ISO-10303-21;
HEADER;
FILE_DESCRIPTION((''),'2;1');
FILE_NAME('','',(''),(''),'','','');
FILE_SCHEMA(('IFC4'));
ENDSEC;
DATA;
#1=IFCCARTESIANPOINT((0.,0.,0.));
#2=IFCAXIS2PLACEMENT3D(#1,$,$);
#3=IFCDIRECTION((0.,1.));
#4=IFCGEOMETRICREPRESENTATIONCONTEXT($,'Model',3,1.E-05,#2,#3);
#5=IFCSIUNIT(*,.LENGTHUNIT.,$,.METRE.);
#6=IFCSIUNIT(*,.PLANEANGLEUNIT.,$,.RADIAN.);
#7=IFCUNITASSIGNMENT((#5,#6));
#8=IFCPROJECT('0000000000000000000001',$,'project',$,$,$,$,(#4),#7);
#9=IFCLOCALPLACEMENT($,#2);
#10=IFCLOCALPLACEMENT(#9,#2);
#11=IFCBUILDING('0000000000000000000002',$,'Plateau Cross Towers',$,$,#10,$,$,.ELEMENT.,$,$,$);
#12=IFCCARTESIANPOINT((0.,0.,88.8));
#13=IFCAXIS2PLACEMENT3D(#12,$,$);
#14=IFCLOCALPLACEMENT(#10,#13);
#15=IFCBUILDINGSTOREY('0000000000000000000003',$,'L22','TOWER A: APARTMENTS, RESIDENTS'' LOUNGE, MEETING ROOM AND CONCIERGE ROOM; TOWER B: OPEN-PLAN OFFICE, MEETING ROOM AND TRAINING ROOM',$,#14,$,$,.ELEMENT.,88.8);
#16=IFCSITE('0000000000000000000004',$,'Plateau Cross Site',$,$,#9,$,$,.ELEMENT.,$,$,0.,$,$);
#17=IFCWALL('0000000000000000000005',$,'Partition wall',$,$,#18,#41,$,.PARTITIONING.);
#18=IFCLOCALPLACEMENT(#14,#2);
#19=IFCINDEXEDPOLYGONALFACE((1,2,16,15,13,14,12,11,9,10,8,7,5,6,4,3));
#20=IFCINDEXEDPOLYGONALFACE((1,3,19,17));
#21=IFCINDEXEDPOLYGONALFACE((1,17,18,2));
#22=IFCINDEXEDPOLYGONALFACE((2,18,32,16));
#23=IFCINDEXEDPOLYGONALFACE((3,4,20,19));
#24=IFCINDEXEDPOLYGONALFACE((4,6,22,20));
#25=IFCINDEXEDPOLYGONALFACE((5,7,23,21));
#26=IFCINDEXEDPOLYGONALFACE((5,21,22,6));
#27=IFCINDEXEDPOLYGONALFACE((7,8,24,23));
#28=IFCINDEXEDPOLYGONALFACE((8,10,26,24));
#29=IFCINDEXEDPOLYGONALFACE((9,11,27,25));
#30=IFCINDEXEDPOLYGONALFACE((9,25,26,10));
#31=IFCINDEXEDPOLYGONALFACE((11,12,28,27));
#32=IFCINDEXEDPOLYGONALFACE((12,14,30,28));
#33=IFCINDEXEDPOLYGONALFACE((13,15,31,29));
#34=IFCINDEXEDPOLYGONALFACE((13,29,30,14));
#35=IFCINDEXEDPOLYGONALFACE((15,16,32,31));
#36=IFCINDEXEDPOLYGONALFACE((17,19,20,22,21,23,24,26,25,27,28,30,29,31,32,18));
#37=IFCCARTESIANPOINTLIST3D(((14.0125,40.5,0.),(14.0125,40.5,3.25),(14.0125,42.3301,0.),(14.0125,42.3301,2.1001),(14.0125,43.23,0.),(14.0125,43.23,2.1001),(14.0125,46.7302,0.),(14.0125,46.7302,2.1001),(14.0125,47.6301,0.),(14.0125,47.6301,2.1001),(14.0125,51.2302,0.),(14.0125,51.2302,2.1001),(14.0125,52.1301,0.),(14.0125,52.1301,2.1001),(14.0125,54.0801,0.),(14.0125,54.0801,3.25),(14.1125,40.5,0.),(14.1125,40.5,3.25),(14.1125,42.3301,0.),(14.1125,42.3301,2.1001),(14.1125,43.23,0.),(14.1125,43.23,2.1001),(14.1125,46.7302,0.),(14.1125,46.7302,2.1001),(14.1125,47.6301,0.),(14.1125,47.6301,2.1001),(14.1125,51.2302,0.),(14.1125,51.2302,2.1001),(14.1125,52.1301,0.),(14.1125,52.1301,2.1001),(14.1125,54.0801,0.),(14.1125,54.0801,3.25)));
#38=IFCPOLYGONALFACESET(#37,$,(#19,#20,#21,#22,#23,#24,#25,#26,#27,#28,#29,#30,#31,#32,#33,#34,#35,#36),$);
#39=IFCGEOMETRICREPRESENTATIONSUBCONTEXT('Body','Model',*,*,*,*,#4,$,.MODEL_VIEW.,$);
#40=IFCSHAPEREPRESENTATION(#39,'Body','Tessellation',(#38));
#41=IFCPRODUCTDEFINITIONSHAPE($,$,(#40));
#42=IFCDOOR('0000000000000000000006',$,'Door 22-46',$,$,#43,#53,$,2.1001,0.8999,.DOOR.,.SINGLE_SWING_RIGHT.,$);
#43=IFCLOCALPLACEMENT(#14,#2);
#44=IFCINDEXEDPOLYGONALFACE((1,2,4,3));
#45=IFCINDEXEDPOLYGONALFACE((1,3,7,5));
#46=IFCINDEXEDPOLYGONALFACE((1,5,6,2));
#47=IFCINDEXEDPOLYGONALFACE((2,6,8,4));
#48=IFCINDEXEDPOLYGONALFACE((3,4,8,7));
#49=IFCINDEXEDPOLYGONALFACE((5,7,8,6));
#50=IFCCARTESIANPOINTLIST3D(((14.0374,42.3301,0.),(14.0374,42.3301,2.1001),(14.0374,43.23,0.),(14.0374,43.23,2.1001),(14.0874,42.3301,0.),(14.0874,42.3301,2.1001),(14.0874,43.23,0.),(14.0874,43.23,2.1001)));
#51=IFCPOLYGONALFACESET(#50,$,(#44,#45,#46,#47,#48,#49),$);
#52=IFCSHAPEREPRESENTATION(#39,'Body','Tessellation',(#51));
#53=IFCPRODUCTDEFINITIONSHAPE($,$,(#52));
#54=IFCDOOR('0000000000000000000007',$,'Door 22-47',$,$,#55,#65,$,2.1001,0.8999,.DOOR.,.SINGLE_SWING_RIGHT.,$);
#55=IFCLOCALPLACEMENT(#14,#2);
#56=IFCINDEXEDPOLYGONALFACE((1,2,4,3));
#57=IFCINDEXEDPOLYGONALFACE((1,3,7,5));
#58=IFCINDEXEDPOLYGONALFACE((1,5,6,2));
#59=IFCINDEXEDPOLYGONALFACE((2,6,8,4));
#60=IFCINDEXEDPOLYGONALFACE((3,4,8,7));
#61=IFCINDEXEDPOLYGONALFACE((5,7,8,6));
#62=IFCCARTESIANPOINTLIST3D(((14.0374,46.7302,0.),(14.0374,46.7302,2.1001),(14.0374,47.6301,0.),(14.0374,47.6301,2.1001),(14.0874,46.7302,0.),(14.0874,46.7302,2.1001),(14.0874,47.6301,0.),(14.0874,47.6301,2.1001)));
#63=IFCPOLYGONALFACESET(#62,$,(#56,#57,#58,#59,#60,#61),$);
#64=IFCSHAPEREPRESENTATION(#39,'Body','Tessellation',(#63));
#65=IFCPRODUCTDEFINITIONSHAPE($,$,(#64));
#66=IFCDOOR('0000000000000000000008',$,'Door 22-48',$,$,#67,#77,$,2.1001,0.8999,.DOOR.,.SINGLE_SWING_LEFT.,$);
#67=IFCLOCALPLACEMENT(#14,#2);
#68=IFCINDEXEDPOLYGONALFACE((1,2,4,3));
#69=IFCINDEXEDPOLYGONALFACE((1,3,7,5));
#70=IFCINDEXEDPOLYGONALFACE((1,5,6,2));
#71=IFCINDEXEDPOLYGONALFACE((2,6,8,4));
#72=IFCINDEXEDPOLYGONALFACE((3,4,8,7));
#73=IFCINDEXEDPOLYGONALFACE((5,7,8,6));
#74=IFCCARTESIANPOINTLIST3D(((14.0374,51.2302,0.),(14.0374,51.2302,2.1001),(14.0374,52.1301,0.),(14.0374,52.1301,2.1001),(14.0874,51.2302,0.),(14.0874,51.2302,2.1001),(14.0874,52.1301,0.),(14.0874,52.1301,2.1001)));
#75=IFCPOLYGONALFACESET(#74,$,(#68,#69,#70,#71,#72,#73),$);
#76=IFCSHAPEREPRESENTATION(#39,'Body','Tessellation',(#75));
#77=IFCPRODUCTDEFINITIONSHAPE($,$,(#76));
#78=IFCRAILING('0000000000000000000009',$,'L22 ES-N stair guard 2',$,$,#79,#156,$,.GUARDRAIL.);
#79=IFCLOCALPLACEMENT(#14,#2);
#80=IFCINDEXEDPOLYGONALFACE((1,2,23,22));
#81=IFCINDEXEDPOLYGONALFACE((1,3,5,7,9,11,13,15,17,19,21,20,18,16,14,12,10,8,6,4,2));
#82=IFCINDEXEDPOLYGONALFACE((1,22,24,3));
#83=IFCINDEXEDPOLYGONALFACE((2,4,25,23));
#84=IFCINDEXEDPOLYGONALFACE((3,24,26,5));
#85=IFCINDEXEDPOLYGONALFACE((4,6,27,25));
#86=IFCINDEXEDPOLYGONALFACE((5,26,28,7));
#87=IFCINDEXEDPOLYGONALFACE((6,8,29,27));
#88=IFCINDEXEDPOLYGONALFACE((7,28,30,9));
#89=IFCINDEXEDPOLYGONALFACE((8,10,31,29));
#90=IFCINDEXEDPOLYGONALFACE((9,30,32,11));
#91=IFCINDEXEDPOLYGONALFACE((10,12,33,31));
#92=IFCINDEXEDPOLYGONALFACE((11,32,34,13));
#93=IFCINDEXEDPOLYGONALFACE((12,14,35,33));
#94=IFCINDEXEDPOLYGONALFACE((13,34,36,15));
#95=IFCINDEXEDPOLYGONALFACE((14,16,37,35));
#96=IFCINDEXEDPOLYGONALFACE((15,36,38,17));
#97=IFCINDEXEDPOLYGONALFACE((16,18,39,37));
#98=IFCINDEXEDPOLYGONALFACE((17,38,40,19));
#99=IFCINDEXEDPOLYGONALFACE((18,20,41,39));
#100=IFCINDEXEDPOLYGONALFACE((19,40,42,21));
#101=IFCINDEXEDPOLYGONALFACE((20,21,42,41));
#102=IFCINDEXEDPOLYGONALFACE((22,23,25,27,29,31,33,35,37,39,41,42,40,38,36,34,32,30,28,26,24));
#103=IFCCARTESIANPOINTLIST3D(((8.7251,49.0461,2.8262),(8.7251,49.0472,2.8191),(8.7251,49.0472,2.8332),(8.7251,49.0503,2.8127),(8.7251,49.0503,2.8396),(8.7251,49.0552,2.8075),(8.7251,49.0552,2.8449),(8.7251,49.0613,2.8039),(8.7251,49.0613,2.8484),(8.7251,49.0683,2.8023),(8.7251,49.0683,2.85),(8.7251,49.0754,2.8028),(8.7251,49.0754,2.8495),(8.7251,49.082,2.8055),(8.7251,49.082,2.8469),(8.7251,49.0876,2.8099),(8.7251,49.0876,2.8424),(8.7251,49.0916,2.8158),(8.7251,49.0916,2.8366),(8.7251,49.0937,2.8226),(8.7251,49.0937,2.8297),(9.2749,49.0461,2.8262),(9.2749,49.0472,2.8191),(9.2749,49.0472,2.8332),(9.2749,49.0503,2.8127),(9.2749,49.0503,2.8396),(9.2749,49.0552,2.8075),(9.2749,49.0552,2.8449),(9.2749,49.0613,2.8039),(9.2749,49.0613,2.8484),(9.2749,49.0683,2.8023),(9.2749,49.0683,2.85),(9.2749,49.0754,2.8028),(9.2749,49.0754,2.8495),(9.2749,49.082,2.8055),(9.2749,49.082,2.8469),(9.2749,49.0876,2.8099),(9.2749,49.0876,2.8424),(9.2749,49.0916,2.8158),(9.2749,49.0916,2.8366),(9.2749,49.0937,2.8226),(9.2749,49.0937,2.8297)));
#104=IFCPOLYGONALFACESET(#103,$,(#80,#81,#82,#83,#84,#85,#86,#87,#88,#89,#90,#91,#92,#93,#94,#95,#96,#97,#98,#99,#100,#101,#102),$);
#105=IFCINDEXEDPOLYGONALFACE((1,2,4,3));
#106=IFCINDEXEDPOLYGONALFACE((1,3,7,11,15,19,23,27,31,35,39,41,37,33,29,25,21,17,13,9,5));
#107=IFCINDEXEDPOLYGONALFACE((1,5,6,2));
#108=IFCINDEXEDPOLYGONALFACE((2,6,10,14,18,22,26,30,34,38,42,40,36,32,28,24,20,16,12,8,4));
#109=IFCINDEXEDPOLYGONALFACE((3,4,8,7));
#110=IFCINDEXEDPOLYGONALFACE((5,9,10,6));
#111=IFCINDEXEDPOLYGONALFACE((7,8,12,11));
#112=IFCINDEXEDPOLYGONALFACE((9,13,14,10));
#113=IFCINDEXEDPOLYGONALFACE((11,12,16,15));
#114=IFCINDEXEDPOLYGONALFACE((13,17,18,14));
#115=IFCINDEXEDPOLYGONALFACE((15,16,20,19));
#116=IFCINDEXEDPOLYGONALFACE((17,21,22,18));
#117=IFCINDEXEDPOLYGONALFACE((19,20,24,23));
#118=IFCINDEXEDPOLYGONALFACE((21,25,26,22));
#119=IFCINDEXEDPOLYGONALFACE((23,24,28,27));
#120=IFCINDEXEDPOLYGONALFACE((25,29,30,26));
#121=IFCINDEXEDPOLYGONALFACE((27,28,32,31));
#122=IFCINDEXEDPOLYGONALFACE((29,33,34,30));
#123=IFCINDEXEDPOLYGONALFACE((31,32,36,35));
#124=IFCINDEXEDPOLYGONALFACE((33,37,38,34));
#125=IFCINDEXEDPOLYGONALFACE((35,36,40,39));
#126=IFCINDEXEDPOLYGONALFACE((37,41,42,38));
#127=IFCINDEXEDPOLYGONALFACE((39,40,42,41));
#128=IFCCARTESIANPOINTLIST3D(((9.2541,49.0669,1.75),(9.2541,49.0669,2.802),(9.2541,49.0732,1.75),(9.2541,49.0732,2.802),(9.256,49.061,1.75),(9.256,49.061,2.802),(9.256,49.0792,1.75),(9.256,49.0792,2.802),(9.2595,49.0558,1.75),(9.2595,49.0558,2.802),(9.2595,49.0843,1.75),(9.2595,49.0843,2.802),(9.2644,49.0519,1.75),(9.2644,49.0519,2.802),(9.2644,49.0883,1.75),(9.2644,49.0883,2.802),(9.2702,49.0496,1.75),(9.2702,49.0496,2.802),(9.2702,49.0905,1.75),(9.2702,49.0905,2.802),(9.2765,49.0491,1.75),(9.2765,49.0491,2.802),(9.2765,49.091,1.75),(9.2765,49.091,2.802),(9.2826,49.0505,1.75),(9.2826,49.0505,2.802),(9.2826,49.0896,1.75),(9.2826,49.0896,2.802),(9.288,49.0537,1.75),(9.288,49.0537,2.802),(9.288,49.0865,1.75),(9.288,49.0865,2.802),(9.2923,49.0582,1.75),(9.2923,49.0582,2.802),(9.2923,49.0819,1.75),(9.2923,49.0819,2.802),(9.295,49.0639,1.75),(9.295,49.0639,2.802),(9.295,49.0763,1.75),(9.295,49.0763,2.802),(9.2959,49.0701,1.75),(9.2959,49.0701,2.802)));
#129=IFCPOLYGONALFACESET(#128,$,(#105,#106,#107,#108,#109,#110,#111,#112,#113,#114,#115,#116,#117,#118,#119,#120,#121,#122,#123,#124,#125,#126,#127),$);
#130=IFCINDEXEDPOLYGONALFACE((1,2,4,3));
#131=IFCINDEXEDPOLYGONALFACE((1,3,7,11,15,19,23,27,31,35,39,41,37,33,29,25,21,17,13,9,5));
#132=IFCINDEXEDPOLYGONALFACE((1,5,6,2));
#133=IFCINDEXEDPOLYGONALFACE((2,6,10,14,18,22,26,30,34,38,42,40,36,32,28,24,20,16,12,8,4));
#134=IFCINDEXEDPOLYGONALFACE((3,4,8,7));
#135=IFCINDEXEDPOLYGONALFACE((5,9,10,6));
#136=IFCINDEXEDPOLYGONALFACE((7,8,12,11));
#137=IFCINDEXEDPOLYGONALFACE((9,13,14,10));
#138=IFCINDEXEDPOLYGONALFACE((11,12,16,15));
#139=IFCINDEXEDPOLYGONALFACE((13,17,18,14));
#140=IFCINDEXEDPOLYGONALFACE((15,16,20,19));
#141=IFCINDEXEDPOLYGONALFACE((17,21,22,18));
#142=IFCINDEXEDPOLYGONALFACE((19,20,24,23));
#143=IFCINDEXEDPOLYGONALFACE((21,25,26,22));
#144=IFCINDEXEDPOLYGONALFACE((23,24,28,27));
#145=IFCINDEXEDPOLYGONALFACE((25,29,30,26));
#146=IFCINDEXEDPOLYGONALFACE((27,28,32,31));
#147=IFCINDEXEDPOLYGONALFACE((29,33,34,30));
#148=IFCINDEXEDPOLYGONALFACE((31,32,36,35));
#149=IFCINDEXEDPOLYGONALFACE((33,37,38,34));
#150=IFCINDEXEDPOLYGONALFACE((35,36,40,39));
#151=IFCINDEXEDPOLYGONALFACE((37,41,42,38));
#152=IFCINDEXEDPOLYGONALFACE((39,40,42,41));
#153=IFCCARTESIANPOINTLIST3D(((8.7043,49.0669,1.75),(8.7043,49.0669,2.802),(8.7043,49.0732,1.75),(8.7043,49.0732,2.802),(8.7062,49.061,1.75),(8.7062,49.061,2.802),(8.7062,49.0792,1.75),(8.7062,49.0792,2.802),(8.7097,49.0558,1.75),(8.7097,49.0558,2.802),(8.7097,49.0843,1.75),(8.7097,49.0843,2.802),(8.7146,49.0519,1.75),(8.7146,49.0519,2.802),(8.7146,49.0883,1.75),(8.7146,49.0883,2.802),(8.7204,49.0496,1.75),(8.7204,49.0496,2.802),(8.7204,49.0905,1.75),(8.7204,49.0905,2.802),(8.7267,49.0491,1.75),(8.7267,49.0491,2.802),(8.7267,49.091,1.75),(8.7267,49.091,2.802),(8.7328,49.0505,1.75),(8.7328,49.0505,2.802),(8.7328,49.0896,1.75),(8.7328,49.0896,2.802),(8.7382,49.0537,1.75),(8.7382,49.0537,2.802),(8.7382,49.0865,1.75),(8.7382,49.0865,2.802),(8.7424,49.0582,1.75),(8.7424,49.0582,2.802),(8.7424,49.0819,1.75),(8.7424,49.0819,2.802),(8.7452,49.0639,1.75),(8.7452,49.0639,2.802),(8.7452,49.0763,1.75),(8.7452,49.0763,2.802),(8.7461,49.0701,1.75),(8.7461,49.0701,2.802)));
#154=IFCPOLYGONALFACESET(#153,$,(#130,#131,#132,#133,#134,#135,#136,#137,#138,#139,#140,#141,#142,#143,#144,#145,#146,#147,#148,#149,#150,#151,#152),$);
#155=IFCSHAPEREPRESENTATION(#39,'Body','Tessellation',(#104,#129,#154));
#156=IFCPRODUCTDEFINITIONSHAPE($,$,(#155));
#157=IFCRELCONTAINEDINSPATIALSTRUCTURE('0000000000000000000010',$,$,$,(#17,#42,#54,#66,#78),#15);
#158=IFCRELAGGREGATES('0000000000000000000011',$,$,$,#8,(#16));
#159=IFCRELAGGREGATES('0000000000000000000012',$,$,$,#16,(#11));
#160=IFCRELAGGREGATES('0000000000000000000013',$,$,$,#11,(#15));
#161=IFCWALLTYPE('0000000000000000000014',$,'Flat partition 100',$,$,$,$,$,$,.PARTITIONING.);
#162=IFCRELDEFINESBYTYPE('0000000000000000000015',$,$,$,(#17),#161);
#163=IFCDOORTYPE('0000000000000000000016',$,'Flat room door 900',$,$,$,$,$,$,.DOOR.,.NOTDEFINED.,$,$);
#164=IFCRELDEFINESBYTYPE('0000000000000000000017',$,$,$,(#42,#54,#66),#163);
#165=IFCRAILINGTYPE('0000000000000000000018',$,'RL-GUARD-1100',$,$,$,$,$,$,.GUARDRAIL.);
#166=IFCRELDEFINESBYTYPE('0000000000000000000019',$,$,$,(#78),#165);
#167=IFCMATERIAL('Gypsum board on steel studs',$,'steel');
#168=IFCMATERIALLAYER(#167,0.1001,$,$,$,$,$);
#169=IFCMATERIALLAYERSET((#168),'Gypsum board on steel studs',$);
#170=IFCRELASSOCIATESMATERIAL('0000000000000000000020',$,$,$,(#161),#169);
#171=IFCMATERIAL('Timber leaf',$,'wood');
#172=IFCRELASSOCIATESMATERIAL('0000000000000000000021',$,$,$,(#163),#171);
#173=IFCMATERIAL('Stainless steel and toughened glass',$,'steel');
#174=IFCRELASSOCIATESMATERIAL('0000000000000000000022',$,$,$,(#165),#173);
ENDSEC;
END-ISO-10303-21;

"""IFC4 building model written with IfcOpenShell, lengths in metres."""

from ifc_helpers import new_model, si_unit, direction, frame, frame_2d, origin, origin_2d, place, context, subcontext, project, spatial, rectangle, circle, extrude, material, layer, layer_set, type_object, element, fill, save


model = new_model("IFC4")

# Units and contexts
model_context = context("Model", 3, precision=1e-05, world=origin(), true_north=direction((0.0, 1.0)))
body_context = subcontext(model_context, "Body", "Model", "MODEL_VIEW")
ifc_project = project(units=[si_unit("LENGTHUNIT", "METRE"), si_unit("PLANEANGLEUNIT", "RADIAN")], contexts=[model_context])

# Site, building, storey
site_placement = place(None, origin())
site = spatial("IfcSite", under=ifc_project, at=site_placement, Name="Plateau Cross Site", CompositionType="ELEMENT", RefElevation=0.0)
building_placement = place(site_placement, origin())
building = spatial("IfcBuilding", under=site, at=building_placement, Name="Plateau Cross Towers", CompositionType="ELEMENT")
storey_placement = place(building_placement, frame((0.0, 0.0, 88.8)))
storey = spatial("IfcBuildingStorey", under=building, at=storey_placement, Name="L22", Description="TOWER A: APARTMENTS, RESIDENTS' LOUNGE, MEETING ROOM AND CONCIERGE ROOM; TOWER B: OPEN-PLAN OFFICE, MEETING ROOM AND TRAINING ROOM", CompositionType="ELEMENT", Elevation=88.8)

# Shared definitions
ifc_material_1 = material(Name="Gypsum board on steel studs", Category="steel")
ifc_layer_1 = layer(ifc_material_1, 0.1001)
ifc_layer_set_1 = layer_set([ifc_layer_1], Name="Gypsum board on steel studs")
wall_type = type_object("IfcWallType", Name="Flat partition 100", PredefinedType="PARTITIONING", material=ifc_layer_set_1)

# Wall, openings, doors
wall_1_placement = place(storey_placement, frame((14.0625, 54.0801, 0.0), z_axis=(0.0, 0.0, 1.0), x_axis=(0.0, -1.0, 0.0)))
wall_1 = element("IfcWall", 1, at=wall_1_placement, inside=storey, type_object=wall_type, Name="Partition wall", PredefinedType="PARTITIONING", context=body_context, shape_type="SweptSolid", body=[
    extrude(rectangle(XDim=13.5801, YDim=0.1001, at=frame_2d((6.79, 0.0))), origin(), (0.0, 0.0, 1.0), 3.25),
])
opening_1_placement = place(wall_1_placement, frame((10.8501, 0.0, 0.0)))
opening_1 = element("IfcOpeningElement", 2, at=opening_1_placement, cuts=wall_1, PredefinedType="OPENING", context=body_context, shape_type="SweptSolid", body=[
    extrude(rectangle(XDim=0.8999, YDim=2.1001, at=frame_2d((0.45, 1.05))), frame((0.0, 0.0601, 0.0), z_axis=(0.0, -1.0, 0.0), x_axis=(1.0, 0.0, 0.0)), (0.0, 0.0, 1.0), 0.1201),
])
opening_2_placement = place(wall_1_placement, frame((6.45, 0.0, 0.0)))
opening_2 = element("IfcOpeningElement", 3, at=opening_2_placement, cuts=wall_1, PredefinedType="OPENING", context=body_context, shape_type="SweptSolid", body=[
    extrude(rectangle(XDim=0.8999, YDim=2.1001, at=frame_2d((0.45, 1.05))), frame((0.0, 0.0601, 0.0), z_axis=(0.0, -1.0, 0.0), x_axis=(1.0, 0.0, 0.0)), (0.0, 0.0, 1.0), 0.1201),
])
opening_3_placement = place(wall_1_placement, frame((1.95, 0.0, 0.0)))
opening_3 = element("IfcOpeningElement", 4, at=opening_3_placement, cuts=wall_1, PredefinedType="OPENING", context=body_context, shape_type="SweptSolid", body=[
    extrude(rectangle(XDim=0.8999, YDim=2.1001, at=frame_2d((0.45, 1.05))), frame((0.0, 0.0601, 0.0), z_axis=(0.0, -1.0, 0.0), x_axis=(1.0, 0.0, 0.0)), (0.0, 0.0, 1.0), 0.1201),
])
ifc_material_2 = material(Name="Timber leaf", Category="wood")
door_type = type_object("IfcDoorType", Name="Flat room door 900", OperationType="NOTDEFINED", PredefinedType="DOOR", material=ifc_material_2)
door_1_placement = place(opening_1_placement, origin())
door_1 = element("IfcDoor", 5, at=door_1_placement, inside=storey, type_object=door_type, Name="Door 22-46", OperationType="SINGLE_SWING_RIGHT", OverallHeight=2.1001, OverallWidth=0.8999, PredefinedType="DOOR", context=body_context, shape_type="SweptSolid", body=[
    extrude(rectangle(XDim=0.8999, YDim=2.1001, at=frame_2d((0.45, 1.05))), frame((0.0, 0.0249, 0.0), z_axis=(0.0, -1.0, 0.0), x_axis=(1.0, 0.0, 0.0)), (0.0, 0.0, 1.0), 0.05),
])
fill(opening_1, door_1)
door_2_placement = place(opening_2_placement, origin())
door_2 = element("IfcDoor", 6, at=door_2_placement, inside=storey, type_object=door_type, Name="Door 22-47", OperationType="SINGLE_SWING_RIGHT", OverallHeight=2.1001, OverallWidth=0.8999, PredefinedType="DOOR", context=body_context, shape_type="SweptSolid", body=[
    extrude(rectangle(XDim=0.8999, YDim=2.1001, at=frame_2d((0.45, 1.05))), frame((0.0, 0.0249, 0.0), z_axis=(0.0, -1.0, 0.0), x_axis=(1.0, 0.0, 0.0)), (0.0, 0.0, 1.0), 0.05),
])
fill(opening_2, door_2)
door_3_placement = place(opening_3_placement, origin())
door_3 = element("IfcDoor", 7, at=door_3_placement, inside=storey, type_object=door_type, Name="Door 22-48", OperationType="SINGLE_SWING_LEFT", OverallHeight=2.1001, OverallWidth=0.8999, PredefinedType="DOOR", context=body_context, shape_type="SweptSolid", body=[
    extrude(rectangle(XDim=0.8999, YDim=2.1001, at=frame_2d((0.45, 1.05))), frame((0.0, 0.0249, 0.0), z_axis=(0.0, -1.0, 0.0), x_axis=(1.0, 0.0, 0.0)), (0.0, 0.0, 1.0), 0.05),
])
fill(opening_3, door_3)

# Railing
ifc_material_3 = material(Name="Stainless steel and toughened glass", Category="steel")
railing_type_1 = type_object("IfcRailingType", Name="RL-GUARD-1100", PredefinedType="GUARDRAIL", material=ifc_material_3)
railing_1_placement = place(storey_placement, frame((9.2749, 49.0701, 1.75)))
element("IfcRailing", 8, at=railing_1_placement, inside=storey, type_object=railing_type_1, Name="L22 ES-N stair guard 2", PredefinedType="GUARDRAIL", context=body_context, shape_type="SweptSolid", body=[
    extrude(circle(Radius=0.0239, at=origin_2d()), frame((0.0, 0.0, 1.0762), z_axis=(-1.0, 0.0, 0.0), x_axis=(0.0, -1.0, 0.0)), (0.0, 0.0, 1.0), 0.5498),
    extrude(circle(Radius=0.021, at=origin_2d()), origin(), (0.0, 0.0, 1.0), 1.052),
    extrude(circle(Radius=0.021, at=origin_2d()), frame((-0.5498, 0.0, 0.0)), (0.0, 0.0, 1.0), 1.052),
])

save(model, "model.ifc")
